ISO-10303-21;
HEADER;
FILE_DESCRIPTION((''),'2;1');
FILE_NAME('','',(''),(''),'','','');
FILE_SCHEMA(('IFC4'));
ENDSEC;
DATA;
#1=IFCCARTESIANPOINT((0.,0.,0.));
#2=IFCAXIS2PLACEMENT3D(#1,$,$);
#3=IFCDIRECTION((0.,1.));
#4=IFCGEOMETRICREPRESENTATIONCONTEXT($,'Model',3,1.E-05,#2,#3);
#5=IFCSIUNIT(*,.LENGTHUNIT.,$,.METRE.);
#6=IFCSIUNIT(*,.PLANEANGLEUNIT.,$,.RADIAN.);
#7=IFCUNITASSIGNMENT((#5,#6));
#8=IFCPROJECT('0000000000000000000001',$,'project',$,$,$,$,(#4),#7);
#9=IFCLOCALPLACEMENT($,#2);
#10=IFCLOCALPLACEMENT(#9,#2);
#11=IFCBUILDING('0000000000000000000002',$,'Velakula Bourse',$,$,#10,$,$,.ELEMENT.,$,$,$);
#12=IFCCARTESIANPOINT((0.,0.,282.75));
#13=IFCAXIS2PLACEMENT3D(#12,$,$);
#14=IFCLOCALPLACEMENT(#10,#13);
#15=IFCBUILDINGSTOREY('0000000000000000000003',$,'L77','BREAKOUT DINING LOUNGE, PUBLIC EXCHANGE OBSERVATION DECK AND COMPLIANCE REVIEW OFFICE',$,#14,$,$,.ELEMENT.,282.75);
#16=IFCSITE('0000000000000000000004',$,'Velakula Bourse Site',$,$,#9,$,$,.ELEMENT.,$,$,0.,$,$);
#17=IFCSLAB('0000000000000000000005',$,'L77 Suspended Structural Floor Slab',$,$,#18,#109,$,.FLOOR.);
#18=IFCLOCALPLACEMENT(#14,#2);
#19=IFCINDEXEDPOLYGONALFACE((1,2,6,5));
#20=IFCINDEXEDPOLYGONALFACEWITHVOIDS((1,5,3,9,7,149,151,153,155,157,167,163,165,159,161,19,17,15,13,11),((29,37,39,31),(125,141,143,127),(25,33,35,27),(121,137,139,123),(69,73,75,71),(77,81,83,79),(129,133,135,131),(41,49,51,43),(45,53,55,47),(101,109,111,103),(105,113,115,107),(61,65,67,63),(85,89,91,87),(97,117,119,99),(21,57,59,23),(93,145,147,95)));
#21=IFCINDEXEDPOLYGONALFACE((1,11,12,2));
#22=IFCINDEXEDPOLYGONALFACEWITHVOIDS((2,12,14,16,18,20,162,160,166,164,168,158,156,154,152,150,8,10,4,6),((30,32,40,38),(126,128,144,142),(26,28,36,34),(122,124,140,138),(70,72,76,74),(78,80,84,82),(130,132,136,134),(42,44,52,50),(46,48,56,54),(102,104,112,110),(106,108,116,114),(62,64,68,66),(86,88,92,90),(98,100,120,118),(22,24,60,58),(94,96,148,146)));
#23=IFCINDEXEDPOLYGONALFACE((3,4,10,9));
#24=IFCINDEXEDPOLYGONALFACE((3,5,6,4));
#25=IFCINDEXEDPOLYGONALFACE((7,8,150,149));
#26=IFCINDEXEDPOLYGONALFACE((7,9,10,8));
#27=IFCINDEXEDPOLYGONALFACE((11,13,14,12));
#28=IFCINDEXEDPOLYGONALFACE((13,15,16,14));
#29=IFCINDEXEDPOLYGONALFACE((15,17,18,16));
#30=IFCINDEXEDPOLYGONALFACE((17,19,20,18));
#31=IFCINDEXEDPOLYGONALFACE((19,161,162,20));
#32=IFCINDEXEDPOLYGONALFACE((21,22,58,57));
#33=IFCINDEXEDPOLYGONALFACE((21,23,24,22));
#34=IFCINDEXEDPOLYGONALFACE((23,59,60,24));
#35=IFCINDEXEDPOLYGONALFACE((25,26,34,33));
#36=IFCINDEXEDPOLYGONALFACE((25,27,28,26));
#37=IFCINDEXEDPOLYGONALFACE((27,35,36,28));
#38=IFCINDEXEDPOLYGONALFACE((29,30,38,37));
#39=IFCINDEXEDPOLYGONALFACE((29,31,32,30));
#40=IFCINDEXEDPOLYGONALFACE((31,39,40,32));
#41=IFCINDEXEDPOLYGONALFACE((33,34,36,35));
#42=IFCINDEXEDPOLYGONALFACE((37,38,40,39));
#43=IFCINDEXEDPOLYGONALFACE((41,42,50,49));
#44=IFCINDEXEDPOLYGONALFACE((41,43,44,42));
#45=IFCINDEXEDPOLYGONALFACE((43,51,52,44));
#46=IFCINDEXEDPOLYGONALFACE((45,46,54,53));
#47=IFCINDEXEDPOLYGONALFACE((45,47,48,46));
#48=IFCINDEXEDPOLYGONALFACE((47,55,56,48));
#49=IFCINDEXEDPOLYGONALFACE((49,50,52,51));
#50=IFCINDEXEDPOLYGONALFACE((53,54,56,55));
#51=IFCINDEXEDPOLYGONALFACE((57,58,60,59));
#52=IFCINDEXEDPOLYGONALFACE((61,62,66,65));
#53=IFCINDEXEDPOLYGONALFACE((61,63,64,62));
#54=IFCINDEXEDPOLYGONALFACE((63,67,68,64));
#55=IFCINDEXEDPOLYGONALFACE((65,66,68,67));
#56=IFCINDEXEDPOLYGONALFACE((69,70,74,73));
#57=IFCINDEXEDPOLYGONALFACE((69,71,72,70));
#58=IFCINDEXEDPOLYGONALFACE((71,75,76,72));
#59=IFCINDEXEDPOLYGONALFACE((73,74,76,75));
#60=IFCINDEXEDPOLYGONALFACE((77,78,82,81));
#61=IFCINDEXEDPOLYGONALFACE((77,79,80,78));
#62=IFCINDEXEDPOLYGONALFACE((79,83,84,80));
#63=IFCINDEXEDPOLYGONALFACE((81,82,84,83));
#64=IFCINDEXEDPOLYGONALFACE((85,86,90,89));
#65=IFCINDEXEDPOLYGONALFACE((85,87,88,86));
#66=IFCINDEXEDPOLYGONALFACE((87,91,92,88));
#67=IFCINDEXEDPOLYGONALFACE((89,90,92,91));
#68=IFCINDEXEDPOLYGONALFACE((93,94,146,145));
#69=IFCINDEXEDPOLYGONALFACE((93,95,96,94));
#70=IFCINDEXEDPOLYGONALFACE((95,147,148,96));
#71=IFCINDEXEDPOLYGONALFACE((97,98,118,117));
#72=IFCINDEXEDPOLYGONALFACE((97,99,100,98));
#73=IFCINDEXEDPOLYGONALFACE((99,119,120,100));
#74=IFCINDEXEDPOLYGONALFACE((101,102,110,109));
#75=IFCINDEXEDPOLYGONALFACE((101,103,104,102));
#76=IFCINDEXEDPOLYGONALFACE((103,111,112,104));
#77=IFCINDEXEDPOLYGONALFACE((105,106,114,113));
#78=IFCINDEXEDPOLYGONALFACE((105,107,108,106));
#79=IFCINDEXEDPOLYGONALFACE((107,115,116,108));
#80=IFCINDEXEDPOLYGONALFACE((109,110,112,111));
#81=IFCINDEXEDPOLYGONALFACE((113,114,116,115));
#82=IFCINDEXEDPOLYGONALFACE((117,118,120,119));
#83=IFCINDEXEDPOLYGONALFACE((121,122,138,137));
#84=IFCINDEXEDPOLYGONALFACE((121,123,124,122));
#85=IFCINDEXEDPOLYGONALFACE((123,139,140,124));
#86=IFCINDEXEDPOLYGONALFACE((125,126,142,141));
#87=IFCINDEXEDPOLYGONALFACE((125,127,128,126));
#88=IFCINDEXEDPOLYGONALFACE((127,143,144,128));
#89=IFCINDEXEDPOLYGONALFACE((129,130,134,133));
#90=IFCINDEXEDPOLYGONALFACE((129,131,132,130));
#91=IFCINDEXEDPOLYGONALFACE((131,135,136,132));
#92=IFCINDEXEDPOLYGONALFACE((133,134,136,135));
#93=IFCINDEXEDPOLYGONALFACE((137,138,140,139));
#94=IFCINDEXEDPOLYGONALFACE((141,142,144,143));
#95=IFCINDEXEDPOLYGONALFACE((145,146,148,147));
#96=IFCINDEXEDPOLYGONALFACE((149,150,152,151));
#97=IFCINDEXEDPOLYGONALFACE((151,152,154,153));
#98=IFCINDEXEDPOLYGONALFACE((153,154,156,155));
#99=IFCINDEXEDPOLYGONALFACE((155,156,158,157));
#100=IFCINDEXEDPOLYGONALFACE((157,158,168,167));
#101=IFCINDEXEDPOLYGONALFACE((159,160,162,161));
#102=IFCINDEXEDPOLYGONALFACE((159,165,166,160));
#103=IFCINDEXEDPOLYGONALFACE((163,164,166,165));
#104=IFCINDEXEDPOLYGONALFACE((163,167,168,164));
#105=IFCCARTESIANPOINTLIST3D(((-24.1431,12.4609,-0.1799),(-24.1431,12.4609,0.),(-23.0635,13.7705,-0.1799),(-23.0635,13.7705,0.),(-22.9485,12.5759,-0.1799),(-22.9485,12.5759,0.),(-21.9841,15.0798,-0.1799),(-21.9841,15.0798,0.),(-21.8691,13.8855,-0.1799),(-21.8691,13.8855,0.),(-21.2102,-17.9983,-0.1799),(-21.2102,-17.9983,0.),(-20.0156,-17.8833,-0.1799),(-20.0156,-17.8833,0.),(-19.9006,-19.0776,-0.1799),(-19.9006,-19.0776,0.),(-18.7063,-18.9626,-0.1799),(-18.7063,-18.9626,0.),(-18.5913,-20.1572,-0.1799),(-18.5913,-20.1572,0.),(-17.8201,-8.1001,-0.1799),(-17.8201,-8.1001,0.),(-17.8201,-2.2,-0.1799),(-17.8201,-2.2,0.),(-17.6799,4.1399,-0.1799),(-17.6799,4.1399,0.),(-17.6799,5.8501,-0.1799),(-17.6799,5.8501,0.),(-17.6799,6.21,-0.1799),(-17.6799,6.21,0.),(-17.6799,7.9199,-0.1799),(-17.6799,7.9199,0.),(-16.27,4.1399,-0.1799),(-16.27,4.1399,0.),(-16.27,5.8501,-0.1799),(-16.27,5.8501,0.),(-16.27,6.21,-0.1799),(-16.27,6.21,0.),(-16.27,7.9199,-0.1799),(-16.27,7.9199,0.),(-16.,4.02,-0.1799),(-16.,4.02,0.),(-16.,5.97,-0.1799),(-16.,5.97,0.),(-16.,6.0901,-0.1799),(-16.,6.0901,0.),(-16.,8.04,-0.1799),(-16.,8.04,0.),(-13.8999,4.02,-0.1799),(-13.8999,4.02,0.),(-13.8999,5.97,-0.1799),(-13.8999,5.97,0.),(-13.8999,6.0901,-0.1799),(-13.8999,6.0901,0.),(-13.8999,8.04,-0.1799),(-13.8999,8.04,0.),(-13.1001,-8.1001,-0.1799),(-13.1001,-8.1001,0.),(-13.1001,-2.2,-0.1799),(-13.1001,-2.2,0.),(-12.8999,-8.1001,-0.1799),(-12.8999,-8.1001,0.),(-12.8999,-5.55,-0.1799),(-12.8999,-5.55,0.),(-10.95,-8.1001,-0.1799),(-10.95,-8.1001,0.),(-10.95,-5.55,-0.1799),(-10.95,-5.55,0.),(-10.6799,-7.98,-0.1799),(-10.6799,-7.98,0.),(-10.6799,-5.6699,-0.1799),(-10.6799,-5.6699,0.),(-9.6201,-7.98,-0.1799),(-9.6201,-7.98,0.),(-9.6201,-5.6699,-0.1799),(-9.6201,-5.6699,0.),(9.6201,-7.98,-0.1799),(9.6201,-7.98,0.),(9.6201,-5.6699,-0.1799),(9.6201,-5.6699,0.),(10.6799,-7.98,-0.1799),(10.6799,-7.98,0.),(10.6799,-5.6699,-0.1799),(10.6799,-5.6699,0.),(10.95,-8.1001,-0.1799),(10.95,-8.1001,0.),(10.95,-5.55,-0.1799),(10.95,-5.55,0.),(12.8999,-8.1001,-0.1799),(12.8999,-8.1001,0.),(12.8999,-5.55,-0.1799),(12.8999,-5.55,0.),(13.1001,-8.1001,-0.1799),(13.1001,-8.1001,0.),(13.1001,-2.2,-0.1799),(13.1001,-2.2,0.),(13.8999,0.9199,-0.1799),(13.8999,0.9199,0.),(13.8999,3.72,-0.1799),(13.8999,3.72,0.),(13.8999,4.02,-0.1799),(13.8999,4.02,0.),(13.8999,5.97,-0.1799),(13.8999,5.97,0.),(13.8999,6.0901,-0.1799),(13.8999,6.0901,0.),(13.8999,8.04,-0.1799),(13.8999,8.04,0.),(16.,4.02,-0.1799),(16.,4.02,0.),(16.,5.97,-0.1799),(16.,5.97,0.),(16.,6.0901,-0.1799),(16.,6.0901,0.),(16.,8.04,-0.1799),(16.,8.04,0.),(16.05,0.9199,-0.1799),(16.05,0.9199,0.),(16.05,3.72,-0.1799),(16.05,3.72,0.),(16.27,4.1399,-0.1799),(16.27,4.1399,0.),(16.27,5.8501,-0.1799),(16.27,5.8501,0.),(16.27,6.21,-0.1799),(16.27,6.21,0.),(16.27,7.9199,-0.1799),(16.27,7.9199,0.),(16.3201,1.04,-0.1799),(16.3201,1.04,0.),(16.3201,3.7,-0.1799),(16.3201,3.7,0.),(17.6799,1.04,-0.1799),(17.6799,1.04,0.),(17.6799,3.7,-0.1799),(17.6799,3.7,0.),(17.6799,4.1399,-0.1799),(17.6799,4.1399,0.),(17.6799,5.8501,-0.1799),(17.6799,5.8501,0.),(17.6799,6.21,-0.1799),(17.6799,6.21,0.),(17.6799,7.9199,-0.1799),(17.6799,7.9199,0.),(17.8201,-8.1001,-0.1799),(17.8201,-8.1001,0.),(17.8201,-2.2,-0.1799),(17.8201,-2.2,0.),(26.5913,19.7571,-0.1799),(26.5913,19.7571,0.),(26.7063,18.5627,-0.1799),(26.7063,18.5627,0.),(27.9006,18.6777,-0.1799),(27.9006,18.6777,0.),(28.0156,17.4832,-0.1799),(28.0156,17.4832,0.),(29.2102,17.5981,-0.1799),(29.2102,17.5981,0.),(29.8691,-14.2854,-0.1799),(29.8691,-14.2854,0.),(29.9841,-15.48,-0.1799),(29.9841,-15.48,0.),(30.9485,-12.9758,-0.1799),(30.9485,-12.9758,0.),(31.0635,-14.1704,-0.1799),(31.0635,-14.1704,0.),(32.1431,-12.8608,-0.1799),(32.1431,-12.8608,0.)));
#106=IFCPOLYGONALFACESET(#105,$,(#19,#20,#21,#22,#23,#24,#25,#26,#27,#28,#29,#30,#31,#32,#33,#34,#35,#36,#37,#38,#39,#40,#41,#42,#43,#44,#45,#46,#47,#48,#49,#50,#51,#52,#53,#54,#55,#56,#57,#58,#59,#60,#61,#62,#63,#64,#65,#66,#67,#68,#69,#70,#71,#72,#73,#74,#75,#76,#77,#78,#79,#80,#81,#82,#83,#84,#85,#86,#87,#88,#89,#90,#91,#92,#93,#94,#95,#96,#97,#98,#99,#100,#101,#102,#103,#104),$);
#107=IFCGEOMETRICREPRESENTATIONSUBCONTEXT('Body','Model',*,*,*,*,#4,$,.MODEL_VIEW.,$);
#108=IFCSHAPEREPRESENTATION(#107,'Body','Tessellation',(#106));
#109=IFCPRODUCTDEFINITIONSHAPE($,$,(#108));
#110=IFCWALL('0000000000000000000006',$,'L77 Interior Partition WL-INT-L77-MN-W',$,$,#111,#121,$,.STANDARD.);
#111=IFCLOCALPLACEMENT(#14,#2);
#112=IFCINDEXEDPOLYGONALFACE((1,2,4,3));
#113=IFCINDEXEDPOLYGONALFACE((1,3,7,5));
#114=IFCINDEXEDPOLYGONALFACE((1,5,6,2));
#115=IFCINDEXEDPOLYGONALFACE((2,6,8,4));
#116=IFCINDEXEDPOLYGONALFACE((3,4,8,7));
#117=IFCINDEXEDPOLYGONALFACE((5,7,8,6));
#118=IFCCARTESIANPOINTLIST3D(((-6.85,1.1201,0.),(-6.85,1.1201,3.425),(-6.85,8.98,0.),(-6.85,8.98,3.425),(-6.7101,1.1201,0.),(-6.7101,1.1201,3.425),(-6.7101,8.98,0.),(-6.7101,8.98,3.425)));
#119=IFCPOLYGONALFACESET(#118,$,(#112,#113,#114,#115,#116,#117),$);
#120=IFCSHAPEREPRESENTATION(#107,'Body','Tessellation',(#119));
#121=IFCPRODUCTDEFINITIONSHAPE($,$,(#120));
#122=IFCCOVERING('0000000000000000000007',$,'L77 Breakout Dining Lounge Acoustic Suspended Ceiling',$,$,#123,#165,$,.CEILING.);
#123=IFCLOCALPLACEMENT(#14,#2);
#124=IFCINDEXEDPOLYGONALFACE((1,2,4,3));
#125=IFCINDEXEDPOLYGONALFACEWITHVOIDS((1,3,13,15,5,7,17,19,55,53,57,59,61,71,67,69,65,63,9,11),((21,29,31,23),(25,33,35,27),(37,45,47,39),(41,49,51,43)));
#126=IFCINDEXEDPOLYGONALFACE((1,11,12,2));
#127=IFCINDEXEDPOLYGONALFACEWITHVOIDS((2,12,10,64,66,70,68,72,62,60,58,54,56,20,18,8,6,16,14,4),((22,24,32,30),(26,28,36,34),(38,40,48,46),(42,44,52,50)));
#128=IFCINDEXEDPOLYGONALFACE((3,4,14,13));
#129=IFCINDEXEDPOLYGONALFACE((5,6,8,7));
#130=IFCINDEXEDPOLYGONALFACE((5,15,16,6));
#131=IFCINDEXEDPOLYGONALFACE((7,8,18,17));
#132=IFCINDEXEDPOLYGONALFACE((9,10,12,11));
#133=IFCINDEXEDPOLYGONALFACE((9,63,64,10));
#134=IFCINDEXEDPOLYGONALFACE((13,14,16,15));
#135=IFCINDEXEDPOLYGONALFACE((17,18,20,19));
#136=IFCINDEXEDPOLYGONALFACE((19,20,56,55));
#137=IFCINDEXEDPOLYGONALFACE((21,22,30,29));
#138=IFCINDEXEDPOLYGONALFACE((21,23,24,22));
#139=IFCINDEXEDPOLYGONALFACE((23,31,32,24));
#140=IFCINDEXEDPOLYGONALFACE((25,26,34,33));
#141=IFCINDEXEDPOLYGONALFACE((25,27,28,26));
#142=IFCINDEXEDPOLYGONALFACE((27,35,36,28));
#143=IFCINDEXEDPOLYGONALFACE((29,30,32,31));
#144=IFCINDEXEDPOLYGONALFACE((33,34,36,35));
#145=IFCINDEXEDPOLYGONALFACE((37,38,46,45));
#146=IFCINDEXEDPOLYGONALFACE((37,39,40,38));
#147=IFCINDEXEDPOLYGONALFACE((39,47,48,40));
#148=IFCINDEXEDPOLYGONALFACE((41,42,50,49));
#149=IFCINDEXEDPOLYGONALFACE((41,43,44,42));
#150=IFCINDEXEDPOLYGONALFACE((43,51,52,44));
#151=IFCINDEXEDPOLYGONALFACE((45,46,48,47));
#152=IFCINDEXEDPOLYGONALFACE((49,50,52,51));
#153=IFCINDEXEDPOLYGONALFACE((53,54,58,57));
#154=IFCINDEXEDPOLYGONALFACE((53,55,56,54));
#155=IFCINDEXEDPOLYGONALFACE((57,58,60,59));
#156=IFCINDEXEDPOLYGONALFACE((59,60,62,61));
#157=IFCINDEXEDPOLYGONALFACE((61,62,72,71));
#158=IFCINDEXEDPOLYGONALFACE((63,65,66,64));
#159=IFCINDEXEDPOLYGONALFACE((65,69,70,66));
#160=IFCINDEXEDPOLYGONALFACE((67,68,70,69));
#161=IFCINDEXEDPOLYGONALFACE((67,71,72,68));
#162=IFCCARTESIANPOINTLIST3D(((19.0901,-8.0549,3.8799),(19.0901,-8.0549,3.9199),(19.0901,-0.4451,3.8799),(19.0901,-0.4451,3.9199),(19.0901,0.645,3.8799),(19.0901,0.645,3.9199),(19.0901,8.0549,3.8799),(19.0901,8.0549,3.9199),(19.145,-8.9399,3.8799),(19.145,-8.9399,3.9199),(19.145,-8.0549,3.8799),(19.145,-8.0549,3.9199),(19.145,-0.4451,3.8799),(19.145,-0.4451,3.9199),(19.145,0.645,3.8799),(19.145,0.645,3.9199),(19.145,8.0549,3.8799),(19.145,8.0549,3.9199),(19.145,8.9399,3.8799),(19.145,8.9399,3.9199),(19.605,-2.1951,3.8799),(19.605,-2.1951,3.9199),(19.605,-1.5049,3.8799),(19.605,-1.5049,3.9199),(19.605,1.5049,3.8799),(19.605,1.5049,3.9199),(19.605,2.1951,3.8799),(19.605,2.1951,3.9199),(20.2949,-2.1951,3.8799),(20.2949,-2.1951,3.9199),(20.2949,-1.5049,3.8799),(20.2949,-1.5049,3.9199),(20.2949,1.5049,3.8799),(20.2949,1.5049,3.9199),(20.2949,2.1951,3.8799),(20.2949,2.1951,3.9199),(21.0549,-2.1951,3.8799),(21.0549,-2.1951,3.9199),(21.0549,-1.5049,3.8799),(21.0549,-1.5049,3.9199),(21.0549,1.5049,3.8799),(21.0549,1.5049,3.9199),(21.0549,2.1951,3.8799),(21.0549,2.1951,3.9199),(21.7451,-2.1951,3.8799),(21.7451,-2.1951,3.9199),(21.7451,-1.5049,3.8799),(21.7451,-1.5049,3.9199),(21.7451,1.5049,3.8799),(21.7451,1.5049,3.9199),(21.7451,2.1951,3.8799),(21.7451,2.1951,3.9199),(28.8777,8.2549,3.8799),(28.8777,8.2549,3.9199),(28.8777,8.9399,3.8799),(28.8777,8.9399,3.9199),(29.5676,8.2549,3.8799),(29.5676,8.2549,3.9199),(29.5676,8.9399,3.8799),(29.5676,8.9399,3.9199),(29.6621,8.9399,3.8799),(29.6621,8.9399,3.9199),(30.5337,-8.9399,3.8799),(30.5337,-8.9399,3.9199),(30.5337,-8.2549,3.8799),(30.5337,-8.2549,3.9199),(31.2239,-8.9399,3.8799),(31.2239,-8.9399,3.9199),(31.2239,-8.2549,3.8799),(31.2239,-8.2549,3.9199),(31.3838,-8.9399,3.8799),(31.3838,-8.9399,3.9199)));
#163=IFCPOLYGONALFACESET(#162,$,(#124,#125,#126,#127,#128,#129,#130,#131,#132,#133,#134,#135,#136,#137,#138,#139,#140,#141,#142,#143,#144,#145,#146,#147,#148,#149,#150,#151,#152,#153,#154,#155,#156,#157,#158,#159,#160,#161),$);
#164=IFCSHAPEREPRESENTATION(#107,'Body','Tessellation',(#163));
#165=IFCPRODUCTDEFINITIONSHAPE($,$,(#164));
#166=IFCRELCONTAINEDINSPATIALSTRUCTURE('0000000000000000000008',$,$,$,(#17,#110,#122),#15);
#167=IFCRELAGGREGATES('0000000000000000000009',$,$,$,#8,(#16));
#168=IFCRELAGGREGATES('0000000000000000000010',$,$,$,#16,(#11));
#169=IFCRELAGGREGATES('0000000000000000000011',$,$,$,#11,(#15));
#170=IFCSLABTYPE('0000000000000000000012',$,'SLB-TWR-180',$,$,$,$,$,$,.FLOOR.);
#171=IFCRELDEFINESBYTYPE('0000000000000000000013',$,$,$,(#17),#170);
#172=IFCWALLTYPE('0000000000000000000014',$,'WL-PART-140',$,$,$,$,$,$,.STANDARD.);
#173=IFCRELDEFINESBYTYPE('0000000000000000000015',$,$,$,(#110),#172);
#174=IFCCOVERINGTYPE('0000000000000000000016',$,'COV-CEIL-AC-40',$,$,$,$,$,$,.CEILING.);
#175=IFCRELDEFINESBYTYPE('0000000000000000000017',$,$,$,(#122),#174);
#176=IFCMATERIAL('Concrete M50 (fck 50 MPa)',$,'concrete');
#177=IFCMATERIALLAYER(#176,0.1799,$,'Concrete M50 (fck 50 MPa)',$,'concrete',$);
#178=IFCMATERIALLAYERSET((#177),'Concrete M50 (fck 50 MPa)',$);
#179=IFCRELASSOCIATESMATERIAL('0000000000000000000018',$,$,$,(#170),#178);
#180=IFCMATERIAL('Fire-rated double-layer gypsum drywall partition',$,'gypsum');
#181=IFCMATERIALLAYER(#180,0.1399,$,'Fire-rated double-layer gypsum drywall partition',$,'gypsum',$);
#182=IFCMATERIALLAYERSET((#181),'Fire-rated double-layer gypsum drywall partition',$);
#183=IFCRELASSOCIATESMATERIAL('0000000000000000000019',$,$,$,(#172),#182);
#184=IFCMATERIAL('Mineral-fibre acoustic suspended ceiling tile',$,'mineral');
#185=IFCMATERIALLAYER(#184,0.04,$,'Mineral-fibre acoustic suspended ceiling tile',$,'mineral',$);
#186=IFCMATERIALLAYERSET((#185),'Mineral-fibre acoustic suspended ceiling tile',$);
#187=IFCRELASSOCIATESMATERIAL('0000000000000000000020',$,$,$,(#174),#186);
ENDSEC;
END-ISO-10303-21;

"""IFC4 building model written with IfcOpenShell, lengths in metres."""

from ifc_helpers import new_model, si_unit, direction, frame, frame_2d, origin, place, context, subcontext, project, spatial, polyline, rectangle, outline, extrude, material, layer, layer_set, type_object, element, save


model = new_model("IFC4")

# Units and contexts
model_context = context("Model", 3, precision=1e-05, world=origin(), true_north=direction((0.0, 1.0)))
body_context = subcontext(model_context, "Body", "Model", "MODEL_VIEW")
ifc_project = project(units=[si_unit("LENGTHUNIT", "METRE"), si_unit("PLANEANGLEUNIT", "RADIAN")], contexts=[model_context])

# Site, building, storey
site_placement = place(None, origin())
site = spatial("IfcSite", under=ifc_project, at=site_placement, Name="Velakula Bourse Site", CompositionType="ELEMENT", RefElevation=0.0)
building_placement = place(site_placement, origin())
building = spatial("IfcBuilding", under=site, at=building_placement, Name="Velakula Bourse", CompositionType="ELEMENT")
storey_placement = place(building_placement, frame((0.0, 0.0, 282.75)))
storey = spatial("IfcBuildingStorey", under=building, at=storey_placement, Name="L77", Description="BREAKOUT DINING LOUNGE, PUBLIC EXCHANGE OBSERVATION DECK AND COMPLIANCE REVIEW OFFICE", CompositionType="ELEMENT", Elevation=282.75)

# Slab
ifc_material_1 = material(Name="Concrete M50 (fck 50 MPa)", Category="concrete")
ifc_layer_1 = layer(ifc_material_1, 0.1799, Name="Concrete M50 (fck 50 MPa)", Category="concrete")
ifc_layer_set_1 = layer_set([ifc_layer_1], Name="Concrete M50 (fck 50 MPa)")
slab_type_1 = type_object("IfcSlabType", Name="SLB-TWR-180", PredefinedType="FLOOR", material=ifc_layer_set_1)
slab_1_placement = place(storey_placement, frame((0.0, 0.0, -0.1799)))
element("IfcSlab", 1, at=slab_1_placement, inside=storey, type_object=slab_type_1, Name="L77 Suspended Structural Floor Slab", PredefinedType="FLOOR", context=body_context, shape_type="SweptSolid", body=[
    extrude(outline(polyline([(-18.5913, -20.1572), (29.9841, -15.48), (29.8691, -14.2854), (31.0635, -14.1704), (30.9485, -12.9758), (32.1431, -12.8608), (29.2102, 17.5981), (28.0156, 17.4832), (27.9006, 18.6777), (26.7063, 18.5627), (26.5913, 19.7571), (-21.9841, 15.0798), (-21.8691, 13.8855), (-23.0635, 13.7705), (-22.9485, 12.5759), (-24.1431, 12.4609), (-21.2102, -17.9983), (-20.0156, -17.8833), (-19.9006, -19.0776), (-18.7063, -18.9626), (-18.5913, -20.1572)]), holes=[polyline([(-17.8201, -8.1001), (-13.1001, -8.1001), (-13.1001, -2.2), (-17.8201, -2.2), (-17.8201, -8.1001)]), polyline([(13.1001, -8.1001), (17.8201, -8.1001), (17.8201, -2.2), (13.1001, -2.2), (13.1001, -8.1001)]), polyline([(-12.8999, -8.1001), (-10.95, -8.1001), (-10.95, -5.55), (-12.8999, -5.55), (-12.8999, -8.1001)]), polyline([(10.95, -8.1001), (12.8999, -8.1001), (12.8999, -5.55), (10.95, -5.55), (10.95, -8.1001)]), polyline([(13.8999, 0.9199), (16.05, 0.9199), (16.05, 3.72), (13.8999, 3.72), (13.8999, 0.9199)]), polyline([(-10.6799, -7.98), (-9.6201, -7.98), (-9.6201, -5.6699), (-10.6799, -5.6699), (-10.6799, -7.98)]), polyline([(-17.6799, 4.1399), (-16.27, 4.1399), (-16.27, 5.8501), (-17.6799, 5.8501), (-17.6799, 4.1399)]), polyline([(-17.6799, 6.21), (-16.27, 6.21), (-16.27, 7.9199), (-17.6799, 7.9199), (-17.6799, 6.21)]), polyline([(9.6201, -7.98), (10.6799, -7.98), (10.6799, -5.6699), (9.6201, -5.6699), (9.6201, -7.98)]), polyline([(16.27, 4.1399), (17.6799, 4.1399), (17.6799, 5.8501), (16.27, 5.8501), (16.27, 4.1399)]), polyline([(16.27, 6.21), (17.6799, 6.21), (17.6799, 7.9199), (16.27, 7.9199), (16.27, 6.21)]), polyline([(16.3201, 1.04), (17.6799, 1.04), (17.6799, 3.7), (16.3201, 3.7), (16.3201, 1.04)]), polyline([(-16.0, 4.02), (-13.8999, 4.02), (-13.8999, 5.97), (-16.0, 5.97), (-16.0, 4.02)]), polyline([(-16.0, 6.0901), (-13.8999, 6.0901), (-13.8999, 8.04), (-16.0, 8.04), (-16.0, 6.0901)]), polyline([(13.8999, 4.02), (16.0, 4.02), (16.0, 5.97), (13.8999, 5.97), (13.8999, 4.02)]), polyline([(13.8999, 6.0901), (16.0, 6.0901), (16.0, 8.04), (13.8999, 8.04), (13.8999, 6.0901)])]), origin(), (0.0, 0.0, 1.0), 0.1799),
])

# Wall
ifc_material_2 = material(Name="Fire-rated double-layer gypsum drywall partition", Category="gypsum")
ifc_layer_2 = layer(ifc_material_2, 0.1399, Name="Fire-rated double-layer gypsum drywall partition", Category="gypsum")
ifc_layer_set_2 = layer_set([ifc_layer_2], Name="Fire-rated double-layer gypsum drywall partition")
wall_type = type_object("IfcWallType", Name="WL-PART-140", PredefinedType="STANDARD", material=ifc_layer_set_2)
wall_placement = place(storey_placement, frame((-6.78, 1.1201, 0.0), z_axis=(0.0, 0.0, 1.0), x_axis=(0.0, 1.0, 0.0)))
element("IfcWall", 2, at=wall_placement, inside=storey, type_object=wall_type, Name="L77 Interior Partition WL-INT-L77-MN-W", PredefinedType="STANDARD", context=body_context, shape_type="SweptSolid", body=[
    extrude(rectangle(XDim=7.8599, YDim=0.1399, at=frame_2d((3.9299, 0.0))), origin(), (0.0, 0.0, 1.0), 3.425),
])

# Covering
ifc_material_3 = material(Name="Mineral-fibre acoustic suspended ceiling tile", Category="mineral")
ifc_layer_3 = layer(ifc_material_3, 0.04, Name="Mineral-fibre acoustic suspended ceiling tile", Category="mineral")
ifc_layer_set_3 = layer_set([ifc_layer_3], Name="Mineral-fibre acoustic suspended ceiling tile")
covering_type_1 = type_object("IfcCoveringType", Name="COV-CEIL-AC-40", PredefinedType="CEILING", material=ifc_layer_set_3)
covering_1_placement = place(storey_placement, frame((0.0, 0.0, 3.8799)))
element("IfcCovering", 3, at=covering_1_placement, inside=storey, type_object=covering_type_1, Name="L77 Breakout Dining Lounge Acoustic Suspended Ceiling", PredefinedType="CEILING", context=body_context, shape_type="SweptSolid", body=[
    extrude(outline(polyline([(19.0901, -0.4451), (19.145, -0.4451), (19.145, 0.645), (19.0901, 0.645), (19.0901, 8.0549), (19.145, 8.0549), (19.145, 8.9399), (28.8777, 8.9399), (28.8777, 8.2549), (29.5676, 8.2549), (29.5676, 8.9399), (29.6621, 8.9399), (31.3838, -8.9399), (31.2239, -8.9399), (31.2239, -8.2549), (30.5337, -8.2549), (30.5337, -8.9399), (19.145, -8.9399), (19.145, -8.0549), (19.0901, -8.0549), (19.0901, -0.4451)]), holes=[polyline([(19.605, -2.1951), (20.2949, -2.1951), (20.2949, -1.5049), (19.605, -1.5049), (19.605, -2.1951)]), polyline([(21.0549, -2.1951), (21.7451, -2.1951), (21.7451, -1.5049), (21.0549, -1.5049), (21.0549, -2.1951)]), polyline([(19.605, 1.5049), (20.2949, 1.5049), (20.2949, 2.1951), (19.605, 2.1951), (19.605, 1.5049)]), polyline([(21.0549, 1.5049), (21.7451, 1.5049), (21.7451, 2.1951), (21.0549, 2.1951), (21.0549, 1.5049)])]), origin(), (0.0, 0.0, 1.0), 0.04),
])

save(model, "model.ifc")
